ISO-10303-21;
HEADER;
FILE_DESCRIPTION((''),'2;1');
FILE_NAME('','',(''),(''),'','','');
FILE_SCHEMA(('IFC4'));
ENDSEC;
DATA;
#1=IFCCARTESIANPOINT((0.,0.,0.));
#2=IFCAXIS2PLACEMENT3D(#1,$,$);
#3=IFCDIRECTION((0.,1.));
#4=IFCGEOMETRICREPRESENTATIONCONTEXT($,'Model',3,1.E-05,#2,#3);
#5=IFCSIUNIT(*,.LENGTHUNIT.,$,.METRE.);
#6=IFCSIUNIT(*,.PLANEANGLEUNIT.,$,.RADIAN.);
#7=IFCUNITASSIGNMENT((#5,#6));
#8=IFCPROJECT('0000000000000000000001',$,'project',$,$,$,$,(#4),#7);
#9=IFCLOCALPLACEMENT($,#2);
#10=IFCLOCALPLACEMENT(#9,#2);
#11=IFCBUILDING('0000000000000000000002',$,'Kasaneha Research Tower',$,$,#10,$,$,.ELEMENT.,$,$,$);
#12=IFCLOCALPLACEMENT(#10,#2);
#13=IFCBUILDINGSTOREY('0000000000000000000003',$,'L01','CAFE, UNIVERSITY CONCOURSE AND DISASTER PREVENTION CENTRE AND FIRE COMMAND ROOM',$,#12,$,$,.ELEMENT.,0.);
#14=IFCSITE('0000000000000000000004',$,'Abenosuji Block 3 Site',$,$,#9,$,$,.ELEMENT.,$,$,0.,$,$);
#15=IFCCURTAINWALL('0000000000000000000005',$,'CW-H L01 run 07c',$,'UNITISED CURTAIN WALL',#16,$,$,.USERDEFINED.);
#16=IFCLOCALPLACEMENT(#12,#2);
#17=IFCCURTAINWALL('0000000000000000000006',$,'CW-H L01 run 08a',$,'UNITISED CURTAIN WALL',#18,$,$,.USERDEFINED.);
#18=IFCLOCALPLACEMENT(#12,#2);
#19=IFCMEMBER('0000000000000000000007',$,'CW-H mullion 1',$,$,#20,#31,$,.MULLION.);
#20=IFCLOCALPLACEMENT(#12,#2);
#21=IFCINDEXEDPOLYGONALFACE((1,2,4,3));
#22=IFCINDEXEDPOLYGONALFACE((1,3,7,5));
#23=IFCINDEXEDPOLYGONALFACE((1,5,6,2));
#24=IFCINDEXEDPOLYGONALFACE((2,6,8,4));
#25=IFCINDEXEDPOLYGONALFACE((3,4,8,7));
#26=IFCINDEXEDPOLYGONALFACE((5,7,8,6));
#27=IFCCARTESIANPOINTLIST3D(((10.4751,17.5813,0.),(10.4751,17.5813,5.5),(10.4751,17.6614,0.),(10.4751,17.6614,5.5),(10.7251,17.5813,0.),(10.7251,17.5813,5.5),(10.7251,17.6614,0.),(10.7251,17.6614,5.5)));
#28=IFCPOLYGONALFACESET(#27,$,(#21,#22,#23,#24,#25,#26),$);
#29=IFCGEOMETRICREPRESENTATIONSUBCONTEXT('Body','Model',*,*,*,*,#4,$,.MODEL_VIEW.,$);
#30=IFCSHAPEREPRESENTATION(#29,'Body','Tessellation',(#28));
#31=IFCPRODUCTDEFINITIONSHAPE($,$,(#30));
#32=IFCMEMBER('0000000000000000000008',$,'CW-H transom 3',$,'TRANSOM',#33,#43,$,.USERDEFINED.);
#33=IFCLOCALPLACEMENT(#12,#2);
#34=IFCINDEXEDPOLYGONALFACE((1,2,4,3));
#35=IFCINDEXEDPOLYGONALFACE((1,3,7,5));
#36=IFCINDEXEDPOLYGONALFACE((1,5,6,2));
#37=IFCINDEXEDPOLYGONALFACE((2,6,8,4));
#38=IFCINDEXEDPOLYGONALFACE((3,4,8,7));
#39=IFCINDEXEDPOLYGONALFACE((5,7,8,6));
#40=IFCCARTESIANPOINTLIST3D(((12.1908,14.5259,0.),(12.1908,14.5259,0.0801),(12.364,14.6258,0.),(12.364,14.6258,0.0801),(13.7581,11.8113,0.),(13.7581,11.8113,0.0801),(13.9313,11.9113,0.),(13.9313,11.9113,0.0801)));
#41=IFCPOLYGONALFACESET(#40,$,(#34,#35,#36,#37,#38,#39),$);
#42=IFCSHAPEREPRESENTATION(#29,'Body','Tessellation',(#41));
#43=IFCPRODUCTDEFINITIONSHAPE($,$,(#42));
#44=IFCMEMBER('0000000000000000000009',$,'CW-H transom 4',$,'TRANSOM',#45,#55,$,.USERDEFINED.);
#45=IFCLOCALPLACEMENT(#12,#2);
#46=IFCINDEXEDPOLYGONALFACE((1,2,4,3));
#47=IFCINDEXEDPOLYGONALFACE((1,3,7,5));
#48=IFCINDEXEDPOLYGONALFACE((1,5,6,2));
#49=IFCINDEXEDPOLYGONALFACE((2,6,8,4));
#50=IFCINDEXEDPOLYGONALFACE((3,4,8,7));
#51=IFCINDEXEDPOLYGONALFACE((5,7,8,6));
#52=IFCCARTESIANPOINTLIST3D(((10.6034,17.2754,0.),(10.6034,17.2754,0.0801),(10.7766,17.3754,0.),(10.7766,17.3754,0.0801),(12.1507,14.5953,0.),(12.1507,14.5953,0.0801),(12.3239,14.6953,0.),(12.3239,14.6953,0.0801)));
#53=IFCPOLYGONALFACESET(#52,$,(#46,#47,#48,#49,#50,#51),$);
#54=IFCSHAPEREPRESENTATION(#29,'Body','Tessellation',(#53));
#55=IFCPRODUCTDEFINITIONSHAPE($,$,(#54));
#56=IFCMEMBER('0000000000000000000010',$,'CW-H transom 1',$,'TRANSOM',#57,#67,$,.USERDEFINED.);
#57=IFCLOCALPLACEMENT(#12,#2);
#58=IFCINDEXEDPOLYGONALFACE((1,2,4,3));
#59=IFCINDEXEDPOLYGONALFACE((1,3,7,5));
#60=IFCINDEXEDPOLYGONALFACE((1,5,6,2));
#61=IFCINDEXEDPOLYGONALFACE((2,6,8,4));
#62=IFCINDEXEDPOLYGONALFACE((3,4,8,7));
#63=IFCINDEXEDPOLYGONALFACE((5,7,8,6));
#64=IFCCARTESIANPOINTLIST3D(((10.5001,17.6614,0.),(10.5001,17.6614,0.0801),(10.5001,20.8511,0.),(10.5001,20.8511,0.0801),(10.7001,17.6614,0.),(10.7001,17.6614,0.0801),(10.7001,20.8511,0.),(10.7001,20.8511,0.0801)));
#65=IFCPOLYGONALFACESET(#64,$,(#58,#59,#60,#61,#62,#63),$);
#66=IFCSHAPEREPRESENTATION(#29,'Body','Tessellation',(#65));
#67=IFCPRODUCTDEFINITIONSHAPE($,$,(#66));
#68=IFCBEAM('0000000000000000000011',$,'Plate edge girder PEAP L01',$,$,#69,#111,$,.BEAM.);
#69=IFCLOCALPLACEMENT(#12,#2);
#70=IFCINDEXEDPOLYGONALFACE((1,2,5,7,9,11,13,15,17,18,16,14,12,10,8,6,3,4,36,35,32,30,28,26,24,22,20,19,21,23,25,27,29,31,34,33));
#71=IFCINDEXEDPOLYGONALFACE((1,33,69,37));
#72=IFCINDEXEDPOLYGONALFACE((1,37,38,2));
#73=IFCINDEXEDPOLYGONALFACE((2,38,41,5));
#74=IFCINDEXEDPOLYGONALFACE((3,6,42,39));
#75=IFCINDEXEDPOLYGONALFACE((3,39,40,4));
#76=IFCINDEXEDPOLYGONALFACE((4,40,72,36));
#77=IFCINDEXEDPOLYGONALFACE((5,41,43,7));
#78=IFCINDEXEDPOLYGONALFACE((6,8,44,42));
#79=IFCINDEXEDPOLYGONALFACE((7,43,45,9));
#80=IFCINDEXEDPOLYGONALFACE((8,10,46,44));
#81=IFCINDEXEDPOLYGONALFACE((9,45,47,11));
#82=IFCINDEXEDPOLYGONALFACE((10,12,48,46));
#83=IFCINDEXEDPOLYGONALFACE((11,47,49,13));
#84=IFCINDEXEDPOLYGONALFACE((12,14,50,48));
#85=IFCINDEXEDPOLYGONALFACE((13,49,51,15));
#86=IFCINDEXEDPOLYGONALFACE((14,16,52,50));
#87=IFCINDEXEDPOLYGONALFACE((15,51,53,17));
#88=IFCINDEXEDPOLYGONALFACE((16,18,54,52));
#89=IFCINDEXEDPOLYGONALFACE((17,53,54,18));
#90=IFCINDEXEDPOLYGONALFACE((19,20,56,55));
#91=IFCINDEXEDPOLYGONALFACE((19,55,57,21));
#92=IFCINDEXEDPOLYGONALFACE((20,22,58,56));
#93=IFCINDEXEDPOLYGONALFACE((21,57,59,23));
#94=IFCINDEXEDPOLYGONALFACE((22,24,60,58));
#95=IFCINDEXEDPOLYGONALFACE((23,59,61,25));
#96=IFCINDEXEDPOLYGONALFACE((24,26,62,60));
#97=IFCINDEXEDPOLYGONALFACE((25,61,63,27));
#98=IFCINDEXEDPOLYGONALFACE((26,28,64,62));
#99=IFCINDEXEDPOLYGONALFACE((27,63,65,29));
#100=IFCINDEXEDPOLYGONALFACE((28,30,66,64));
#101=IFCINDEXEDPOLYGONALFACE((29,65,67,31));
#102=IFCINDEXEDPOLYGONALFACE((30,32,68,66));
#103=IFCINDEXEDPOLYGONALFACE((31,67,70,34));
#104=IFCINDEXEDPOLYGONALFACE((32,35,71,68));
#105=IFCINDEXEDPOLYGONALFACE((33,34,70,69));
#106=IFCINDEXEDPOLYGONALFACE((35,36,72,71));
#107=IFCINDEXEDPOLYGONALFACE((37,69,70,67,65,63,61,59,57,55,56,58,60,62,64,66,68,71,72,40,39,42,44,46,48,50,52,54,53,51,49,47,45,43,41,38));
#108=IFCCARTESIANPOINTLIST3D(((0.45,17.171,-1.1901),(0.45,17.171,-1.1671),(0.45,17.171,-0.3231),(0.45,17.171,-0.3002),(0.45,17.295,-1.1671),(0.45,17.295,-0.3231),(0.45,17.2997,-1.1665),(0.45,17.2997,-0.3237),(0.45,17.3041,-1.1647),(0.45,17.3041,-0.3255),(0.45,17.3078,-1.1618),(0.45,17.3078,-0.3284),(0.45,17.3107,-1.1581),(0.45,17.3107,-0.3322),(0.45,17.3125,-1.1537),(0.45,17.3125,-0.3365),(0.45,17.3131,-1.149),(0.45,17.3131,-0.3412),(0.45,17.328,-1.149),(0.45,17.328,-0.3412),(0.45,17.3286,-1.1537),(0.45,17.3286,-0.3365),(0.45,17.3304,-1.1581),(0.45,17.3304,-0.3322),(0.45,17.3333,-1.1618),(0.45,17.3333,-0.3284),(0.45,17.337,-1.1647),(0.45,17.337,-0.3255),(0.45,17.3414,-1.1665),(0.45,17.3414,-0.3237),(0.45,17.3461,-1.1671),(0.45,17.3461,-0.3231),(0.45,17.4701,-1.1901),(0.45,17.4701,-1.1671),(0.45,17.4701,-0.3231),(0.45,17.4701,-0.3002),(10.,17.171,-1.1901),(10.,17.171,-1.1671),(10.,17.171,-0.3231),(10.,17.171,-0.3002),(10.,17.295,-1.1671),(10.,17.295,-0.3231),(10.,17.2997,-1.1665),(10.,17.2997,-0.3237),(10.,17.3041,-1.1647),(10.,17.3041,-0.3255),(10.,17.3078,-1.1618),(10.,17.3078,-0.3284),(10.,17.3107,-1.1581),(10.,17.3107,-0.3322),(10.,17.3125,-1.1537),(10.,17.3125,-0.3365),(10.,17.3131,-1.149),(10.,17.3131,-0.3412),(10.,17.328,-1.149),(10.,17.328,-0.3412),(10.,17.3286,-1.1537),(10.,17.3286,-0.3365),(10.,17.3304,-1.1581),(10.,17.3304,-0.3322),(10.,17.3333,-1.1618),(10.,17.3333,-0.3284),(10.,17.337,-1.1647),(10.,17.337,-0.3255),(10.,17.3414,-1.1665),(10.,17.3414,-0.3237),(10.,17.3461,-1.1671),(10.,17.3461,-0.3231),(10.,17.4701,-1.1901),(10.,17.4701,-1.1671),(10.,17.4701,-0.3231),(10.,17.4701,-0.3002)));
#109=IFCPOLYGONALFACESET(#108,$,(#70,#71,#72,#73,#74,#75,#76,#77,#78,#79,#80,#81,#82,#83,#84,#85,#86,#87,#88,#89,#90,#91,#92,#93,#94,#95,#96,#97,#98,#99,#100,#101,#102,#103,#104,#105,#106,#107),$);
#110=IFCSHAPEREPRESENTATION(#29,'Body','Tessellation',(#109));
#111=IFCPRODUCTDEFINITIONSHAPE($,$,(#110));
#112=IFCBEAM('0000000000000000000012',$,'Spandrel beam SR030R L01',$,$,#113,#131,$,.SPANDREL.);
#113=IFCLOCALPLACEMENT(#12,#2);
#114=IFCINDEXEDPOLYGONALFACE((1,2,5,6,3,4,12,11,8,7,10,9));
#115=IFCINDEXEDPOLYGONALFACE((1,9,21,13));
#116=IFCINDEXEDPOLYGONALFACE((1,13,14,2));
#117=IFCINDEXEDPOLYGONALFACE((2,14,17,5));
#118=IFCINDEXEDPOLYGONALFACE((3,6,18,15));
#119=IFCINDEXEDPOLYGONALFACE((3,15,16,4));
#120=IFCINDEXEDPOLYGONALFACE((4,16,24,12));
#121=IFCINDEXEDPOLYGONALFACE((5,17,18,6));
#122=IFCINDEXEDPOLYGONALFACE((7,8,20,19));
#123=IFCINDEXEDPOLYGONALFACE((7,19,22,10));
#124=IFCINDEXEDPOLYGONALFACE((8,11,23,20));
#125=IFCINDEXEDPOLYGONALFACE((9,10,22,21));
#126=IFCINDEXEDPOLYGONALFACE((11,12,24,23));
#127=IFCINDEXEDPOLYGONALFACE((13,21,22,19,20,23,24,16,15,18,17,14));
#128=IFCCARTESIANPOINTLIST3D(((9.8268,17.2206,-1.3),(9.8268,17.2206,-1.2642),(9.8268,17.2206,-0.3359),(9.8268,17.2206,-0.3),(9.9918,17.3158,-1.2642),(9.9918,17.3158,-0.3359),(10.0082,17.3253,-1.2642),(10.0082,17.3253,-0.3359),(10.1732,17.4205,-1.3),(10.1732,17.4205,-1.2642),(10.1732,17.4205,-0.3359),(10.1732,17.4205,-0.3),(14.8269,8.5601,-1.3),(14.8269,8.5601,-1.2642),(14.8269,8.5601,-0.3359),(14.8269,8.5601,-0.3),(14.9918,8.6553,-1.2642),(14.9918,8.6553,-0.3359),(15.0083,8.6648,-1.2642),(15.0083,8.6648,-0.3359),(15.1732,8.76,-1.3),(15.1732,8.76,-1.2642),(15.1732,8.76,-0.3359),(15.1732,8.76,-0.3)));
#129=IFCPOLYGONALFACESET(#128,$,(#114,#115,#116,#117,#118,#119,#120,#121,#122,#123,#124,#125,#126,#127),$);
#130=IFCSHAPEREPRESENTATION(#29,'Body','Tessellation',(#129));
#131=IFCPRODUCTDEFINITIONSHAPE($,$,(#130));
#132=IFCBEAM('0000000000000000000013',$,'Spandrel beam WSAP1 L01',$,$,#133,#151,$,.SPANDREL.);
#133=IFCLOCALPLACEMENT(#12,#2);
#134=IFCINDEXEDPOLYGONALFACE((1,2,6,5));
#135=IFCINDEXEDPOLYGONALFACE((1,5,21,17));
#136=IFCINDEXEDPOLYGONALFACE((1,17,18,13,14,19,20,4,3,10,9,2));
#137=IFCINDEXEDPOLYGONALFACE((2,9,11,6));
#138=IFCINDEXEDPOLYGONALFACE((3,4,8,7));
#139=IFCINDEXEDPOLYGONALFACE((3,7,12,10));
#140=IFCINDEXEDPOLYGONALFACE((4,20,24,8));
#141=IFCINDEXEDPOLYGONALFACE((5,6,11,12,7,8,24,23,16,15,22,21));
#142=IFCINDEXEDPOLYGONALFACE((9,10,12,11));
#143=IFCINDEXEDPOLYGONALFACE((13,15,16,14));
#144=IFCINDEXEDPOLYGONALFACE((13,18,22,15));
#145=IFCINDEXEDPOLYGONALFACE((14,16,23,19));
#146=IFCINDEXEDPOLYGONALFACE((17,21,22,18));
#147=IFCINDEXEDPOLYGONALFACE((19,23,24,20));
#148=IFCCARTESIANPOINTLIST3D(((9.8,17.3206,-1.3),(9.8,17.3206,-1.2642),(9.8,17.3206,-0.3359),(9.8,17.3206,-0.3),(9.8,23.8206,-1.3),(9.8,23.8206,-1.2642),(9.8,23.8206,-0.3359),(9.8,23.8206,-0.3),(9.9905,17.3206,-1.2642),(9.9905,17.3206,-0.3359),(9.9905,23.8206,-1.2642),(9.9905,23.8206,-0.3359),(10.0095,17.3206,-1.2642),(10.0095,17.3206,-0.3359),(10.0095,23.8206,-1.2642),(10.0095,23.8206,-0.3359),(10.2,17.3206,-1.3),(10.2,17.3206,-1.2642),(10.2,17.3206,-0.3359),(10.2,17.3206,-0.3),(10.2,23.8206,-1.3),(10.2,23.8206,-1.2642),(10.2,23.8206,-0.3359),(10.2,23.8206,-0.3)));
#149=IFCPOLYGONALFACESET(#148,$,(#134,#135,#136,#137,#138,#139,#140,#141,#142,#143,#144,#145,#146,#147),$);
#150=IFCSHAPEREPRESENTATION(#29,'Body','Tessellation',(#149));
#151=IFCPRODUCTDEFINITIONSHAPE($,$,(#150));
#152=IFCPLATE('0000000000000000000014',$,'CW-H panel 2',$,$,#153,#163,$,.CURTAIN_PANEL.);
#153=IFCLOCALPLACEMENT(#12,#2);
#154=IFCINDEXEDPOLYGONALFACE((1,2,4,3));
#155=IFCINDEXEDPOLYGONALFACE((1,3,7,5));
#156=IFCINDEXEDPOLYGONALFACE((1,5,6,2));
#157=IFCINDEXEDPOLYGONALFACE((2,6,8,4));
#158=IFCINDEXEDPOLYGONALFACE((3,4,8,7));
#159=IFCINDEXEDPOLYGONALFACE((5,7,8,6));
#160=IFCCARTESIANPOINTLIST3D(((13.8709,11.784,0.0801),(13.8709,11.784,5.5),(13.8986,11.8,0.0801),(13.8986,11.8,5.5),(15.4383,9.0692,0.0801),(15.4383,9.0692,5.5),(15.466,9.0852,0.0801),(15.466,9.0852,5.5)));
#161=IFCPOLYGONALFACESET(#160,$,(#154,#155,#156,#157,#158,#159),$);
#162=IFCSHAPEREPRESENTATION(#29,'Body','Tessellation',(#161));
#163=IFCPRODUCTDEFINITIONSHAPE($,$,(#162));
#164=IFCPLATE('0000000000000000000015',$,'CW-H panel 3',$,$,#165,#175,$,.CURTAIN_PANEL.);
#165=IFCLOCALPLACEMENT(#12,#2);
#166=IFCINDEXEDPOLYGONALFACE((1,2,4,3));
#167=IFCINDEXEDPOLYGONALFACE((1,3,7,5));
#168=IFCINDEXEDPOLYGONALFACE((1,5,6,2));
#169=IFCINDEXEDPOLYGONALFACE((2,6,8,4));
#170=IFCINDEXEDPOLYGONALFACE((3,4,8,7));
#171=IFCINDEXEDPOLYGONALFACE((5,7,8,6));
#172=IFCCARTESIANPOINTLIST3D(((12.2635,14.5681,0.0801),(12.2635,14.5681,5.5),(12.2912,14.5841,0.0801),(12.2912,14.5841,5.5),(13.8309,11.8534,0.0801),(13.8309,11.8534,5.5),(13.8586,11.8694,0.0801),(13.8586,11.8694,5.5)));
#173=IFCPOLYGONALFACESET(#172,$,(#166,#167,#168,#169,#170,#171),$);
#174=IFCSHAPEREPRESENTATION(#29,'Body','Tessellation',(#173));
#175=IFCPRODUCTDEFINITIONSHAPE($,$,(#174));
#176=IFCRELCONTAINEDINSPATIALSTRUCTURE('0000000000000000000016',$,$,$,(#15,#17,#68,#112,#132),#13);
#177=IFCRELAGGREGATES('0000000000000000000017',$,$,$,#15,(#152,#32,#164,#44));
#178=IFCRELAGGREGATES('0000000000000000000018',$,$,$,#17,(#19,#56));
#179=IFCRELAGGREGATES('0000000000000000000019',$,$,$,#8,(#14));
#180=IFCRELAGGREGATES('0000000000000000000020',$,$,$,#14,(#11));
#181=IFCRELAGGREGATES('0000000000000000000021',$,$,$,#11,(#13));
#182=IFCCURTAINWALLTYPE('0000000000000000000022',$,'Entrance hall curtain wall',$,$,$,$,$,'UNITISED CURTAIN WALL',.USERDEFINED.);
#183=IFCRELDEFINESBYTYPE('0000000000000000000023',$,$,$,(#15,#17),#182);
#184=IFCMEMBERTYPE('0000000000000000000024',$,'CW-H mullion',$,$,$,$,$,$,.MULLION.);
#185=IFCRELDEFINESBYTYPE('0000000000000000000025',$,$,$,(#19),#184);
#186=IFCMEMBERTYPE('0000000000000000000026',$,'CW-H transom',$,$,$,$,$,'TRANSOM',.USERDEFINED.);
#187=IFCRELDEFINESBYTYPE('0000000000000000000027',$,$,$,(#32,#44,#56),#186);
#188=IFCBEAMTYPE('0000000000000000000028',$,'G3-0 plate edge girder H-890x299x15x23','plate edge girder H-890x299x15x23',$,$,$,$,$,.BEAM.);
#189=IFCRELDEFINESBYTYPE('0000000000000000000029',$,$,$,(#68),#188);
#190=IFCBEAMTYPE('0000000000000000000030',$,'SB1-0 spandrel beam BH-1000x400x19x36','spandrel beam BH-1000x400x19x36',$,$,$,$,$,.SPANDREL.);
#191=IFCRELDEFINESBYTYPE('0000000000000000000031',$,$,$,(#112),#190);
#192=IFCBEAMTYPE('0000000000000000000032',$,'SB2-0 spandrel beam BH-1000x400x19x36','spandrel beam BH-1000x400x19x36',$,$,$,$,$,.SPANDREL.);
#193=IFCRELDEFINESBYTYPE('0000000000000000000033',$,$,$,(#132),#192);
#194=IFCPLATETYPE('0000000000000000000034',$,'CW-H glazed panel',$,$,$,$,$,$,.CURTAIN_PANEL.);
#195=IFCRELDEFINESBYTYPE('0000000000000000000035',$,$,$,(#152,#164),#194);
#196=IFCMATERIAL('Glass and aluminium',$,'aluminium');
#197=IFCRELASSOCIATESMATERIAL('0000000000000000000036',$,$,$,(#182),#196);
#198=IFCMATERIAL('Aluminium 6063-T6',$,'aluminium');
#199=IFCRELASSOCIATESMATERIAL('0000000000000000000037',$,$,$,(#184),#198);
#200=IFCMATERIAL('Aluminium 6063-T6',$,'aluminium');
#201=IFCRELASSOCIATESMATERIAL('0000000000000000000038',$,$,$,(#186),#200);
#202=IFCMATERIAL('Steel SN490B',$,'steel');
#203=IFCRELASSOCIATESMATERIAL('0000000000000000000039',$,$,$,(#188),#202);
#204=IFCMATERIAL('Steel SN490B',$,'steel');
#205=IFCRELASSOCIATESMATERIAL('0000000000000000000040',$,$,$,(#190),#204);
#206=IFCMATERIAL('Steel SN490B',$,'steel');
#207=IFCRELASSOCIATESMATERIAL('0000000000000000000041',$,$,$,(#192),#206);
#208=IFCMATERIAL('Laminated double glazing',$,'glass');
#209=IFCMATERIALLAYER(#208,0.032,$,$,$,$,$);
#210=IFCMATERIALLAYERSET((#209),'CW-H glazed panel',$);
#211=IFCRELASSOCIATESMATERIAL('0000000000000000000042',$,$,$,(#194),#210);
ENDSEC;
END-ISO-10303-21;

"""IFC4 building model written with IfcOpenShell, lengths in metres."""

from ifc_helpers import new_model, si_unit, direction, frame, origin, origin_2d, place, context, subcontext, project, spatial, rectangle, i_section, extrude, material, layer, layer_set, material_profile, profile_set, type_object, element, aggregate, save


model = new_model("IFC4")

# Units and contexts
model_context = context("Model", 3, precision=1e-05, world=origin(), true_north=direction((0.0, 1.0)))
body_context = subcontext(model_context, "Body", "Model", "MODEL_VIEW")
ifc_project = project(units=[si_unit("LENGTHUNIT", "METRE"), si_unit("PLANEANGLEUNIT", "RADIAN")], contexts=[model_context])

# Site, building, storey
site_placement = place(None, origin())
site = spatial("IfcSite", under=ifc_project, at=site_placement, Name="Abenosuji Block 3 Site", CompositionType="ELEMENT", RefElevation=0.0)
building_placement = place(site_placement, origin())
building = spatial("IfcBuilding", under=site, at=building_placement, Name="Kasaneha Research Tower", CompositionType="ELEMENT")
storey_placement = place(building_placement, origin())
storey = spatial("IfcBuildingStorey", under=building, at=storey_placement, Name="L01", Description="CAFE, UNIVERSITY CONCOURSE AND DISASTER PREVENTION CENTRE AND FIRE COMMAND ROOM", CompositionType="ELEMENT", Elevation=0.0)

# Curtain wall
ifc_material_1 = material(Name="Glass and aluminium", Category="aluminium")
curtain_wall_type = type_object("IfcCurtainWallType", Name="Entrance hall curtain wall", ElementType="UNITISED CURTAIN WALL", PredefinedType="USERDEFINED", material=ifc_material_1)
curtain_wall_1_placement = place(storey_placement, origin())
curtain_wall_1 = element("IfcCurtainWall", 1, at=curtain_wall_1_placement, inside=storey, type_object=curtain_wall_type, Name="CW-H L01 run 07c", ObjectType="UNITISED CURTAIN WALL", PredefinedType="USERDEFINED")
ifc_material_2 = material(Name="Aluminium 6063-T6", Category="aluminium")
ifc_material_profile_1 = material_profile(ifc_material_2, rectangle(XDim=0.0801, YDim=0.25, at=origin_2d()), Name="CW-H mullion 80x250")
ifc_profile_set_1 = profile_set([ifc_material_profile_1], Name="Aluminium 6063-T6")
member_type_1 = type_object("IfcMemberType", Name="CW-H mullion", PredefinedType="MULLION", material=ifc_profile_set_1)

# Curtain wall, member
curtain_wall_2_placement = place(storey_placement, origin())
curtain_wall_2 = element("IfcCurtainWall", 2, at=curtain_wall_2_placement, inside=storey, type_object=curtain_wall_type, Name="CW-H L01 run 08a", ObjectType="UNITISED CURTAIN WALL", PredefinedType="USERDEFINED")
member_1_placement = place(storey_placement, frame((10.6001, 17.6213, 0.0), z_axis=(0.0, 0.0, 1.0), x_axis=(0.0, 1.0, 0.0)))
member_1 = element("IfcMember", 3, at=member_1_placement, type_object=member_type_1, Name="CW-H mullion 1", PredefinedType="MULLION", context=body_context, shape_type="SweptSolid", body=[
    extrude(rectangle(XDim=0.0801, YDim=0.25, at=origin_2d()), origin(), (0.0, 0.0, 1.0), 5.5),
])

# Members
ifc_material_3 = material(Name="Aluminium 6063-T6", Category="aluminium")
ifc_material_profile_2 = material_profile(ifc_material_3, rectangle(XDim=0.2, YDim=0.0801, at=origin_2d()), Name="CW-H transom 200x80")
ifc_profile_set_2 = profile_set([ifc_material_profile_2], Name="Aluminium 6063-T6")
member_type_2 = type_object("IfcMemberType", Name="CW-H transom", ElementType="TRANSOM", PredefinedType="USERDEFINED", material=ifc_profile_set_2)
member_2_placement = place(storey_placement, frame((13.8447, 11.8613, 0.04), z_axis=(-0.500026, 0.86601, 0.0), x_axis=(-0.86601, -0.500026, 0.0)))
member_2 = element("IfcMember", 4, at=member_2_placement, type_object=member_type_2, Name="CW-H transom 3", ObjectType="TRANSOM", PredefinedType="USERDEFINED", context=body_context, shape_type="SweptSolid", body=[
    extrude(rectangle(XDim=0.2, YDim=0.0801, at=origin_2d()), origin(), (0.0, 0.0, 1.0), 3.1345),
])
member_3_placement = place(storey_placement, frame((12.2373, 14.6453, 0.04), z_axis=(-0.499991, 0.866031, 0.0), x_axis=(-0.866031, -0.499991, 0.0)))
member_3 = element("IfcMember", 5, at=member_3_placement, type_object=member_type_2, Name="CW-H transom 4", ObjectType="TRANSOM", PredefinedType="USERDEFINED", context=body_context, shape_type="SweptSolid", body=[
    extrude(rectangle(XDim=0.2, YDim=0.0801, at=origin_2d()), origin(), (0.0, 0.0, 1.0), 3.0947),
])
member_4_placement = place(storey_placement, frame((10.6001, 17.6614, 0.04), z_axis=(0.0, 1.0, 0.0), x_axis=(-1.0, 0.0, 0.0)))
member_4 = element("IfcMember", 6, at=member_4_placement, type_object=member_type_2, Name="CW-H transom 1", ObjectType="TRANSOM", PredefinedType="USERDEFINED", context=body_context, shape_type="SweptSolid", body=[
    extrude(rectangle(XDim=0.2, YDim=0.0801, at=origin_2d()), origin(), (0.0, 0.0, 1.0), 3.1897),
])

# Beams
ifc_material_4 = material(Name="Steel SN490B", Category="steel")
ifc_material_profile_3 = material_profile(ifc_material_4, i_section(OverallWidth=0.2991, OverallDepth=0.8899, WebThickness=0.0149, FlangeThickness=0.0229, FilletRadius=0.0181, at=origin_2d()), Name="H-890x299x15x23")
ifc_profile_set_3 = profile_set([ifc_material_profile_3], Name="Steel SN490B")
beam_type_1 = type_object("IfcBeamType", Name="G3-0 plate edge girder H-890x299x15x23", Description="plate edge girder H-890x299x15x23", PredefinedType="BEAM", material=ifc_profile_set_3)
beam_1_placement = place(storey_placement, frame((10.0, 17.3206, -0.7451), z_axis=(-1.0, 0.0, 0.0), x_axis=(0.0, -1.0, 0.0)))
element("IfcBeam", 7, at=beam_1_placement, inside=storey, type_object=beam_type_1, Name="Plate edge girder PEAP L01", PredefinedType="BEAM", context=body_context, shape_type="SweptSolid", body=[
    extrude(i_section(OverallWidth=0.2991, OverallDepth=0.8899, WebThickness=0.0149, FlangeThickness=0.0229, FilletRadius=0.0181, at=origin_2d()), origin(), (0.0, 0.0, 1.0), 9.55),
])
ifc_material_5 = material(Name="Steel SN490B", Category="steel")
ifc_material_profile_4 = material_profile(ifc_material_5, i_section(OverallWidth=0.3999, OverallDepth=1.0, WebThickness=0.019, FlangeThickness=0.0359, at=origin_2d()), Name="BH-1000x400x19x36")
ifc_profile_set_4 = profile_set([ifc_material_profile_4], Name="Steel SN490B")
beam_type_2 = type_object("IfcBeamType", Name="SB1-0 spandrel beam BH-1000x400x19x36", Description="spandrel beam BH-1000x400x19x36", PredefinedType="SPANDREL", material=ifc_profile_set_4)
beam_2_placement = place(storey_placement, frame((10.0, 17.3206, -0.8), z_axis=(0.499994, -0.866029, 0.0), x_axis=(0.866029, 0.499994, 0.0)))
element("IfcBeam", 8, at=beam_2_placement, inside=storey, type_object=beam_type_2, Name="Spandrel beam SR030R L01", PredefinedType="SPANDREL", context=body_context, shape_type="SweptSolid", body=[
    extrude(i_section(OverallWidth=0.3999, OverallDepth=1.0, WebThickness=0.019, FlangeThickness=0.0359, at=origin_2d()), origin(), (0.0, 0.0, 1.0), 10.0002),
])
ifc_material_6 = material(Name="Steel SN490B", Category="steel")
ifc_material_profile_5 = material_profile(ifc_material_6, i_section(OverallWidth=0.3999, OverallDepth=1.0, WebThickness=0.019, FlangeThickness=0.0359, at=origin_2d()), Name="BH-1000x400x19x36")
ifc_profile_set_5 = profile_set([ifc_material_profile_5], Name="Steel SN490B")
beam_type_3 = type_object("IfcBeamType", Name="SB2-0 spandrel beam BH-1000x400x19x36", Description="spandrel beam BH-1000x400x19x36", PredefinedType="SPANDREL", material=ifc_profile_set_5)
beam_3_placement = place(storey_placement, frame((10.0, 17.3206, -0.8), z_axis=(0.0, 1.0, 0.0), x_axis=(-1.0, 0.0, 0.0)))
element("IfcBeam", 9, at=beam_3_placement, inside=storey, type_object=beam_type_3, Name="Spandrel beam WSAP1 L01", PredefinedType="SPANDREL", context=body_context, shape_type="SweptSolid", body=[
    extrude(i_section(OverallWidth=0.3999, OverallDepth=1.0, WebThickness=0.019, FlangeThickness=0.0359, at=origin_2d()), origin(), (0.0, 0.0, 1.0), 6.5),
])

# Plates
ifc_material_7 = material(Name="Laminated double glazing", Category="glass")
ifc_layer_1 = layer(ifc_material_7, 0.032)
ifc_layer_set_1 = layer_set([ifc_layer_1], Name="CW-H glazed panel")
plate_type = type_object("IfcPlateType", Name="CW-H glazed panel", PredefinedType="CURTAIN_PANEL", material=ifc_layer_set_1)
plate_1_placement = place(storey_placement, frame((14.6685, 10.4346, 0.0801), z_axis=(0.0, 0.0, 1.0), x_axis=(-0.5, 0.866025, 0.0)))
plate_1 = element("IfcPlate", 10, at=plate_1_placement, type_object=plate_type, Name="CW-H panel 2", PredefinedType="CURTAIN_PANEL", context=body_context, shape_type="SweptSolid", body=[
    extrude(rectangle(XDim=3.1348, YDim=0.032, at=origin_2d()), origin(), (0.0, 0.0, 1.0), 5.4199),
])
plate_2_placement = place(storey_placement, frame((13.061, 13.2188, 0.0801), z_axis=(0.0, 0.0, 1.0), x_axis=(-0.5, 0.866025, 0.0)))
plate_2 = element("IfcPlate", 11, at=plate_2_placement, type_object=plate_type, Name="CW-H panel 3", PredefinedType="CURTAIN_PANEL", context=body_context, shape_type="SweptSolid", body=[
    extrude(rectangle(XDim=3.1348, YDim=0.032, at=origin_2d()), origin(), (0.0, 0.0, 1.0), 5.4199),
])
aggregate(curtain_wall_1, [plate_1, member_2, plate_2, member_3])
aggregate(curtain_wall_2, [member_1, member_4])

save(model, "model.ifc")
